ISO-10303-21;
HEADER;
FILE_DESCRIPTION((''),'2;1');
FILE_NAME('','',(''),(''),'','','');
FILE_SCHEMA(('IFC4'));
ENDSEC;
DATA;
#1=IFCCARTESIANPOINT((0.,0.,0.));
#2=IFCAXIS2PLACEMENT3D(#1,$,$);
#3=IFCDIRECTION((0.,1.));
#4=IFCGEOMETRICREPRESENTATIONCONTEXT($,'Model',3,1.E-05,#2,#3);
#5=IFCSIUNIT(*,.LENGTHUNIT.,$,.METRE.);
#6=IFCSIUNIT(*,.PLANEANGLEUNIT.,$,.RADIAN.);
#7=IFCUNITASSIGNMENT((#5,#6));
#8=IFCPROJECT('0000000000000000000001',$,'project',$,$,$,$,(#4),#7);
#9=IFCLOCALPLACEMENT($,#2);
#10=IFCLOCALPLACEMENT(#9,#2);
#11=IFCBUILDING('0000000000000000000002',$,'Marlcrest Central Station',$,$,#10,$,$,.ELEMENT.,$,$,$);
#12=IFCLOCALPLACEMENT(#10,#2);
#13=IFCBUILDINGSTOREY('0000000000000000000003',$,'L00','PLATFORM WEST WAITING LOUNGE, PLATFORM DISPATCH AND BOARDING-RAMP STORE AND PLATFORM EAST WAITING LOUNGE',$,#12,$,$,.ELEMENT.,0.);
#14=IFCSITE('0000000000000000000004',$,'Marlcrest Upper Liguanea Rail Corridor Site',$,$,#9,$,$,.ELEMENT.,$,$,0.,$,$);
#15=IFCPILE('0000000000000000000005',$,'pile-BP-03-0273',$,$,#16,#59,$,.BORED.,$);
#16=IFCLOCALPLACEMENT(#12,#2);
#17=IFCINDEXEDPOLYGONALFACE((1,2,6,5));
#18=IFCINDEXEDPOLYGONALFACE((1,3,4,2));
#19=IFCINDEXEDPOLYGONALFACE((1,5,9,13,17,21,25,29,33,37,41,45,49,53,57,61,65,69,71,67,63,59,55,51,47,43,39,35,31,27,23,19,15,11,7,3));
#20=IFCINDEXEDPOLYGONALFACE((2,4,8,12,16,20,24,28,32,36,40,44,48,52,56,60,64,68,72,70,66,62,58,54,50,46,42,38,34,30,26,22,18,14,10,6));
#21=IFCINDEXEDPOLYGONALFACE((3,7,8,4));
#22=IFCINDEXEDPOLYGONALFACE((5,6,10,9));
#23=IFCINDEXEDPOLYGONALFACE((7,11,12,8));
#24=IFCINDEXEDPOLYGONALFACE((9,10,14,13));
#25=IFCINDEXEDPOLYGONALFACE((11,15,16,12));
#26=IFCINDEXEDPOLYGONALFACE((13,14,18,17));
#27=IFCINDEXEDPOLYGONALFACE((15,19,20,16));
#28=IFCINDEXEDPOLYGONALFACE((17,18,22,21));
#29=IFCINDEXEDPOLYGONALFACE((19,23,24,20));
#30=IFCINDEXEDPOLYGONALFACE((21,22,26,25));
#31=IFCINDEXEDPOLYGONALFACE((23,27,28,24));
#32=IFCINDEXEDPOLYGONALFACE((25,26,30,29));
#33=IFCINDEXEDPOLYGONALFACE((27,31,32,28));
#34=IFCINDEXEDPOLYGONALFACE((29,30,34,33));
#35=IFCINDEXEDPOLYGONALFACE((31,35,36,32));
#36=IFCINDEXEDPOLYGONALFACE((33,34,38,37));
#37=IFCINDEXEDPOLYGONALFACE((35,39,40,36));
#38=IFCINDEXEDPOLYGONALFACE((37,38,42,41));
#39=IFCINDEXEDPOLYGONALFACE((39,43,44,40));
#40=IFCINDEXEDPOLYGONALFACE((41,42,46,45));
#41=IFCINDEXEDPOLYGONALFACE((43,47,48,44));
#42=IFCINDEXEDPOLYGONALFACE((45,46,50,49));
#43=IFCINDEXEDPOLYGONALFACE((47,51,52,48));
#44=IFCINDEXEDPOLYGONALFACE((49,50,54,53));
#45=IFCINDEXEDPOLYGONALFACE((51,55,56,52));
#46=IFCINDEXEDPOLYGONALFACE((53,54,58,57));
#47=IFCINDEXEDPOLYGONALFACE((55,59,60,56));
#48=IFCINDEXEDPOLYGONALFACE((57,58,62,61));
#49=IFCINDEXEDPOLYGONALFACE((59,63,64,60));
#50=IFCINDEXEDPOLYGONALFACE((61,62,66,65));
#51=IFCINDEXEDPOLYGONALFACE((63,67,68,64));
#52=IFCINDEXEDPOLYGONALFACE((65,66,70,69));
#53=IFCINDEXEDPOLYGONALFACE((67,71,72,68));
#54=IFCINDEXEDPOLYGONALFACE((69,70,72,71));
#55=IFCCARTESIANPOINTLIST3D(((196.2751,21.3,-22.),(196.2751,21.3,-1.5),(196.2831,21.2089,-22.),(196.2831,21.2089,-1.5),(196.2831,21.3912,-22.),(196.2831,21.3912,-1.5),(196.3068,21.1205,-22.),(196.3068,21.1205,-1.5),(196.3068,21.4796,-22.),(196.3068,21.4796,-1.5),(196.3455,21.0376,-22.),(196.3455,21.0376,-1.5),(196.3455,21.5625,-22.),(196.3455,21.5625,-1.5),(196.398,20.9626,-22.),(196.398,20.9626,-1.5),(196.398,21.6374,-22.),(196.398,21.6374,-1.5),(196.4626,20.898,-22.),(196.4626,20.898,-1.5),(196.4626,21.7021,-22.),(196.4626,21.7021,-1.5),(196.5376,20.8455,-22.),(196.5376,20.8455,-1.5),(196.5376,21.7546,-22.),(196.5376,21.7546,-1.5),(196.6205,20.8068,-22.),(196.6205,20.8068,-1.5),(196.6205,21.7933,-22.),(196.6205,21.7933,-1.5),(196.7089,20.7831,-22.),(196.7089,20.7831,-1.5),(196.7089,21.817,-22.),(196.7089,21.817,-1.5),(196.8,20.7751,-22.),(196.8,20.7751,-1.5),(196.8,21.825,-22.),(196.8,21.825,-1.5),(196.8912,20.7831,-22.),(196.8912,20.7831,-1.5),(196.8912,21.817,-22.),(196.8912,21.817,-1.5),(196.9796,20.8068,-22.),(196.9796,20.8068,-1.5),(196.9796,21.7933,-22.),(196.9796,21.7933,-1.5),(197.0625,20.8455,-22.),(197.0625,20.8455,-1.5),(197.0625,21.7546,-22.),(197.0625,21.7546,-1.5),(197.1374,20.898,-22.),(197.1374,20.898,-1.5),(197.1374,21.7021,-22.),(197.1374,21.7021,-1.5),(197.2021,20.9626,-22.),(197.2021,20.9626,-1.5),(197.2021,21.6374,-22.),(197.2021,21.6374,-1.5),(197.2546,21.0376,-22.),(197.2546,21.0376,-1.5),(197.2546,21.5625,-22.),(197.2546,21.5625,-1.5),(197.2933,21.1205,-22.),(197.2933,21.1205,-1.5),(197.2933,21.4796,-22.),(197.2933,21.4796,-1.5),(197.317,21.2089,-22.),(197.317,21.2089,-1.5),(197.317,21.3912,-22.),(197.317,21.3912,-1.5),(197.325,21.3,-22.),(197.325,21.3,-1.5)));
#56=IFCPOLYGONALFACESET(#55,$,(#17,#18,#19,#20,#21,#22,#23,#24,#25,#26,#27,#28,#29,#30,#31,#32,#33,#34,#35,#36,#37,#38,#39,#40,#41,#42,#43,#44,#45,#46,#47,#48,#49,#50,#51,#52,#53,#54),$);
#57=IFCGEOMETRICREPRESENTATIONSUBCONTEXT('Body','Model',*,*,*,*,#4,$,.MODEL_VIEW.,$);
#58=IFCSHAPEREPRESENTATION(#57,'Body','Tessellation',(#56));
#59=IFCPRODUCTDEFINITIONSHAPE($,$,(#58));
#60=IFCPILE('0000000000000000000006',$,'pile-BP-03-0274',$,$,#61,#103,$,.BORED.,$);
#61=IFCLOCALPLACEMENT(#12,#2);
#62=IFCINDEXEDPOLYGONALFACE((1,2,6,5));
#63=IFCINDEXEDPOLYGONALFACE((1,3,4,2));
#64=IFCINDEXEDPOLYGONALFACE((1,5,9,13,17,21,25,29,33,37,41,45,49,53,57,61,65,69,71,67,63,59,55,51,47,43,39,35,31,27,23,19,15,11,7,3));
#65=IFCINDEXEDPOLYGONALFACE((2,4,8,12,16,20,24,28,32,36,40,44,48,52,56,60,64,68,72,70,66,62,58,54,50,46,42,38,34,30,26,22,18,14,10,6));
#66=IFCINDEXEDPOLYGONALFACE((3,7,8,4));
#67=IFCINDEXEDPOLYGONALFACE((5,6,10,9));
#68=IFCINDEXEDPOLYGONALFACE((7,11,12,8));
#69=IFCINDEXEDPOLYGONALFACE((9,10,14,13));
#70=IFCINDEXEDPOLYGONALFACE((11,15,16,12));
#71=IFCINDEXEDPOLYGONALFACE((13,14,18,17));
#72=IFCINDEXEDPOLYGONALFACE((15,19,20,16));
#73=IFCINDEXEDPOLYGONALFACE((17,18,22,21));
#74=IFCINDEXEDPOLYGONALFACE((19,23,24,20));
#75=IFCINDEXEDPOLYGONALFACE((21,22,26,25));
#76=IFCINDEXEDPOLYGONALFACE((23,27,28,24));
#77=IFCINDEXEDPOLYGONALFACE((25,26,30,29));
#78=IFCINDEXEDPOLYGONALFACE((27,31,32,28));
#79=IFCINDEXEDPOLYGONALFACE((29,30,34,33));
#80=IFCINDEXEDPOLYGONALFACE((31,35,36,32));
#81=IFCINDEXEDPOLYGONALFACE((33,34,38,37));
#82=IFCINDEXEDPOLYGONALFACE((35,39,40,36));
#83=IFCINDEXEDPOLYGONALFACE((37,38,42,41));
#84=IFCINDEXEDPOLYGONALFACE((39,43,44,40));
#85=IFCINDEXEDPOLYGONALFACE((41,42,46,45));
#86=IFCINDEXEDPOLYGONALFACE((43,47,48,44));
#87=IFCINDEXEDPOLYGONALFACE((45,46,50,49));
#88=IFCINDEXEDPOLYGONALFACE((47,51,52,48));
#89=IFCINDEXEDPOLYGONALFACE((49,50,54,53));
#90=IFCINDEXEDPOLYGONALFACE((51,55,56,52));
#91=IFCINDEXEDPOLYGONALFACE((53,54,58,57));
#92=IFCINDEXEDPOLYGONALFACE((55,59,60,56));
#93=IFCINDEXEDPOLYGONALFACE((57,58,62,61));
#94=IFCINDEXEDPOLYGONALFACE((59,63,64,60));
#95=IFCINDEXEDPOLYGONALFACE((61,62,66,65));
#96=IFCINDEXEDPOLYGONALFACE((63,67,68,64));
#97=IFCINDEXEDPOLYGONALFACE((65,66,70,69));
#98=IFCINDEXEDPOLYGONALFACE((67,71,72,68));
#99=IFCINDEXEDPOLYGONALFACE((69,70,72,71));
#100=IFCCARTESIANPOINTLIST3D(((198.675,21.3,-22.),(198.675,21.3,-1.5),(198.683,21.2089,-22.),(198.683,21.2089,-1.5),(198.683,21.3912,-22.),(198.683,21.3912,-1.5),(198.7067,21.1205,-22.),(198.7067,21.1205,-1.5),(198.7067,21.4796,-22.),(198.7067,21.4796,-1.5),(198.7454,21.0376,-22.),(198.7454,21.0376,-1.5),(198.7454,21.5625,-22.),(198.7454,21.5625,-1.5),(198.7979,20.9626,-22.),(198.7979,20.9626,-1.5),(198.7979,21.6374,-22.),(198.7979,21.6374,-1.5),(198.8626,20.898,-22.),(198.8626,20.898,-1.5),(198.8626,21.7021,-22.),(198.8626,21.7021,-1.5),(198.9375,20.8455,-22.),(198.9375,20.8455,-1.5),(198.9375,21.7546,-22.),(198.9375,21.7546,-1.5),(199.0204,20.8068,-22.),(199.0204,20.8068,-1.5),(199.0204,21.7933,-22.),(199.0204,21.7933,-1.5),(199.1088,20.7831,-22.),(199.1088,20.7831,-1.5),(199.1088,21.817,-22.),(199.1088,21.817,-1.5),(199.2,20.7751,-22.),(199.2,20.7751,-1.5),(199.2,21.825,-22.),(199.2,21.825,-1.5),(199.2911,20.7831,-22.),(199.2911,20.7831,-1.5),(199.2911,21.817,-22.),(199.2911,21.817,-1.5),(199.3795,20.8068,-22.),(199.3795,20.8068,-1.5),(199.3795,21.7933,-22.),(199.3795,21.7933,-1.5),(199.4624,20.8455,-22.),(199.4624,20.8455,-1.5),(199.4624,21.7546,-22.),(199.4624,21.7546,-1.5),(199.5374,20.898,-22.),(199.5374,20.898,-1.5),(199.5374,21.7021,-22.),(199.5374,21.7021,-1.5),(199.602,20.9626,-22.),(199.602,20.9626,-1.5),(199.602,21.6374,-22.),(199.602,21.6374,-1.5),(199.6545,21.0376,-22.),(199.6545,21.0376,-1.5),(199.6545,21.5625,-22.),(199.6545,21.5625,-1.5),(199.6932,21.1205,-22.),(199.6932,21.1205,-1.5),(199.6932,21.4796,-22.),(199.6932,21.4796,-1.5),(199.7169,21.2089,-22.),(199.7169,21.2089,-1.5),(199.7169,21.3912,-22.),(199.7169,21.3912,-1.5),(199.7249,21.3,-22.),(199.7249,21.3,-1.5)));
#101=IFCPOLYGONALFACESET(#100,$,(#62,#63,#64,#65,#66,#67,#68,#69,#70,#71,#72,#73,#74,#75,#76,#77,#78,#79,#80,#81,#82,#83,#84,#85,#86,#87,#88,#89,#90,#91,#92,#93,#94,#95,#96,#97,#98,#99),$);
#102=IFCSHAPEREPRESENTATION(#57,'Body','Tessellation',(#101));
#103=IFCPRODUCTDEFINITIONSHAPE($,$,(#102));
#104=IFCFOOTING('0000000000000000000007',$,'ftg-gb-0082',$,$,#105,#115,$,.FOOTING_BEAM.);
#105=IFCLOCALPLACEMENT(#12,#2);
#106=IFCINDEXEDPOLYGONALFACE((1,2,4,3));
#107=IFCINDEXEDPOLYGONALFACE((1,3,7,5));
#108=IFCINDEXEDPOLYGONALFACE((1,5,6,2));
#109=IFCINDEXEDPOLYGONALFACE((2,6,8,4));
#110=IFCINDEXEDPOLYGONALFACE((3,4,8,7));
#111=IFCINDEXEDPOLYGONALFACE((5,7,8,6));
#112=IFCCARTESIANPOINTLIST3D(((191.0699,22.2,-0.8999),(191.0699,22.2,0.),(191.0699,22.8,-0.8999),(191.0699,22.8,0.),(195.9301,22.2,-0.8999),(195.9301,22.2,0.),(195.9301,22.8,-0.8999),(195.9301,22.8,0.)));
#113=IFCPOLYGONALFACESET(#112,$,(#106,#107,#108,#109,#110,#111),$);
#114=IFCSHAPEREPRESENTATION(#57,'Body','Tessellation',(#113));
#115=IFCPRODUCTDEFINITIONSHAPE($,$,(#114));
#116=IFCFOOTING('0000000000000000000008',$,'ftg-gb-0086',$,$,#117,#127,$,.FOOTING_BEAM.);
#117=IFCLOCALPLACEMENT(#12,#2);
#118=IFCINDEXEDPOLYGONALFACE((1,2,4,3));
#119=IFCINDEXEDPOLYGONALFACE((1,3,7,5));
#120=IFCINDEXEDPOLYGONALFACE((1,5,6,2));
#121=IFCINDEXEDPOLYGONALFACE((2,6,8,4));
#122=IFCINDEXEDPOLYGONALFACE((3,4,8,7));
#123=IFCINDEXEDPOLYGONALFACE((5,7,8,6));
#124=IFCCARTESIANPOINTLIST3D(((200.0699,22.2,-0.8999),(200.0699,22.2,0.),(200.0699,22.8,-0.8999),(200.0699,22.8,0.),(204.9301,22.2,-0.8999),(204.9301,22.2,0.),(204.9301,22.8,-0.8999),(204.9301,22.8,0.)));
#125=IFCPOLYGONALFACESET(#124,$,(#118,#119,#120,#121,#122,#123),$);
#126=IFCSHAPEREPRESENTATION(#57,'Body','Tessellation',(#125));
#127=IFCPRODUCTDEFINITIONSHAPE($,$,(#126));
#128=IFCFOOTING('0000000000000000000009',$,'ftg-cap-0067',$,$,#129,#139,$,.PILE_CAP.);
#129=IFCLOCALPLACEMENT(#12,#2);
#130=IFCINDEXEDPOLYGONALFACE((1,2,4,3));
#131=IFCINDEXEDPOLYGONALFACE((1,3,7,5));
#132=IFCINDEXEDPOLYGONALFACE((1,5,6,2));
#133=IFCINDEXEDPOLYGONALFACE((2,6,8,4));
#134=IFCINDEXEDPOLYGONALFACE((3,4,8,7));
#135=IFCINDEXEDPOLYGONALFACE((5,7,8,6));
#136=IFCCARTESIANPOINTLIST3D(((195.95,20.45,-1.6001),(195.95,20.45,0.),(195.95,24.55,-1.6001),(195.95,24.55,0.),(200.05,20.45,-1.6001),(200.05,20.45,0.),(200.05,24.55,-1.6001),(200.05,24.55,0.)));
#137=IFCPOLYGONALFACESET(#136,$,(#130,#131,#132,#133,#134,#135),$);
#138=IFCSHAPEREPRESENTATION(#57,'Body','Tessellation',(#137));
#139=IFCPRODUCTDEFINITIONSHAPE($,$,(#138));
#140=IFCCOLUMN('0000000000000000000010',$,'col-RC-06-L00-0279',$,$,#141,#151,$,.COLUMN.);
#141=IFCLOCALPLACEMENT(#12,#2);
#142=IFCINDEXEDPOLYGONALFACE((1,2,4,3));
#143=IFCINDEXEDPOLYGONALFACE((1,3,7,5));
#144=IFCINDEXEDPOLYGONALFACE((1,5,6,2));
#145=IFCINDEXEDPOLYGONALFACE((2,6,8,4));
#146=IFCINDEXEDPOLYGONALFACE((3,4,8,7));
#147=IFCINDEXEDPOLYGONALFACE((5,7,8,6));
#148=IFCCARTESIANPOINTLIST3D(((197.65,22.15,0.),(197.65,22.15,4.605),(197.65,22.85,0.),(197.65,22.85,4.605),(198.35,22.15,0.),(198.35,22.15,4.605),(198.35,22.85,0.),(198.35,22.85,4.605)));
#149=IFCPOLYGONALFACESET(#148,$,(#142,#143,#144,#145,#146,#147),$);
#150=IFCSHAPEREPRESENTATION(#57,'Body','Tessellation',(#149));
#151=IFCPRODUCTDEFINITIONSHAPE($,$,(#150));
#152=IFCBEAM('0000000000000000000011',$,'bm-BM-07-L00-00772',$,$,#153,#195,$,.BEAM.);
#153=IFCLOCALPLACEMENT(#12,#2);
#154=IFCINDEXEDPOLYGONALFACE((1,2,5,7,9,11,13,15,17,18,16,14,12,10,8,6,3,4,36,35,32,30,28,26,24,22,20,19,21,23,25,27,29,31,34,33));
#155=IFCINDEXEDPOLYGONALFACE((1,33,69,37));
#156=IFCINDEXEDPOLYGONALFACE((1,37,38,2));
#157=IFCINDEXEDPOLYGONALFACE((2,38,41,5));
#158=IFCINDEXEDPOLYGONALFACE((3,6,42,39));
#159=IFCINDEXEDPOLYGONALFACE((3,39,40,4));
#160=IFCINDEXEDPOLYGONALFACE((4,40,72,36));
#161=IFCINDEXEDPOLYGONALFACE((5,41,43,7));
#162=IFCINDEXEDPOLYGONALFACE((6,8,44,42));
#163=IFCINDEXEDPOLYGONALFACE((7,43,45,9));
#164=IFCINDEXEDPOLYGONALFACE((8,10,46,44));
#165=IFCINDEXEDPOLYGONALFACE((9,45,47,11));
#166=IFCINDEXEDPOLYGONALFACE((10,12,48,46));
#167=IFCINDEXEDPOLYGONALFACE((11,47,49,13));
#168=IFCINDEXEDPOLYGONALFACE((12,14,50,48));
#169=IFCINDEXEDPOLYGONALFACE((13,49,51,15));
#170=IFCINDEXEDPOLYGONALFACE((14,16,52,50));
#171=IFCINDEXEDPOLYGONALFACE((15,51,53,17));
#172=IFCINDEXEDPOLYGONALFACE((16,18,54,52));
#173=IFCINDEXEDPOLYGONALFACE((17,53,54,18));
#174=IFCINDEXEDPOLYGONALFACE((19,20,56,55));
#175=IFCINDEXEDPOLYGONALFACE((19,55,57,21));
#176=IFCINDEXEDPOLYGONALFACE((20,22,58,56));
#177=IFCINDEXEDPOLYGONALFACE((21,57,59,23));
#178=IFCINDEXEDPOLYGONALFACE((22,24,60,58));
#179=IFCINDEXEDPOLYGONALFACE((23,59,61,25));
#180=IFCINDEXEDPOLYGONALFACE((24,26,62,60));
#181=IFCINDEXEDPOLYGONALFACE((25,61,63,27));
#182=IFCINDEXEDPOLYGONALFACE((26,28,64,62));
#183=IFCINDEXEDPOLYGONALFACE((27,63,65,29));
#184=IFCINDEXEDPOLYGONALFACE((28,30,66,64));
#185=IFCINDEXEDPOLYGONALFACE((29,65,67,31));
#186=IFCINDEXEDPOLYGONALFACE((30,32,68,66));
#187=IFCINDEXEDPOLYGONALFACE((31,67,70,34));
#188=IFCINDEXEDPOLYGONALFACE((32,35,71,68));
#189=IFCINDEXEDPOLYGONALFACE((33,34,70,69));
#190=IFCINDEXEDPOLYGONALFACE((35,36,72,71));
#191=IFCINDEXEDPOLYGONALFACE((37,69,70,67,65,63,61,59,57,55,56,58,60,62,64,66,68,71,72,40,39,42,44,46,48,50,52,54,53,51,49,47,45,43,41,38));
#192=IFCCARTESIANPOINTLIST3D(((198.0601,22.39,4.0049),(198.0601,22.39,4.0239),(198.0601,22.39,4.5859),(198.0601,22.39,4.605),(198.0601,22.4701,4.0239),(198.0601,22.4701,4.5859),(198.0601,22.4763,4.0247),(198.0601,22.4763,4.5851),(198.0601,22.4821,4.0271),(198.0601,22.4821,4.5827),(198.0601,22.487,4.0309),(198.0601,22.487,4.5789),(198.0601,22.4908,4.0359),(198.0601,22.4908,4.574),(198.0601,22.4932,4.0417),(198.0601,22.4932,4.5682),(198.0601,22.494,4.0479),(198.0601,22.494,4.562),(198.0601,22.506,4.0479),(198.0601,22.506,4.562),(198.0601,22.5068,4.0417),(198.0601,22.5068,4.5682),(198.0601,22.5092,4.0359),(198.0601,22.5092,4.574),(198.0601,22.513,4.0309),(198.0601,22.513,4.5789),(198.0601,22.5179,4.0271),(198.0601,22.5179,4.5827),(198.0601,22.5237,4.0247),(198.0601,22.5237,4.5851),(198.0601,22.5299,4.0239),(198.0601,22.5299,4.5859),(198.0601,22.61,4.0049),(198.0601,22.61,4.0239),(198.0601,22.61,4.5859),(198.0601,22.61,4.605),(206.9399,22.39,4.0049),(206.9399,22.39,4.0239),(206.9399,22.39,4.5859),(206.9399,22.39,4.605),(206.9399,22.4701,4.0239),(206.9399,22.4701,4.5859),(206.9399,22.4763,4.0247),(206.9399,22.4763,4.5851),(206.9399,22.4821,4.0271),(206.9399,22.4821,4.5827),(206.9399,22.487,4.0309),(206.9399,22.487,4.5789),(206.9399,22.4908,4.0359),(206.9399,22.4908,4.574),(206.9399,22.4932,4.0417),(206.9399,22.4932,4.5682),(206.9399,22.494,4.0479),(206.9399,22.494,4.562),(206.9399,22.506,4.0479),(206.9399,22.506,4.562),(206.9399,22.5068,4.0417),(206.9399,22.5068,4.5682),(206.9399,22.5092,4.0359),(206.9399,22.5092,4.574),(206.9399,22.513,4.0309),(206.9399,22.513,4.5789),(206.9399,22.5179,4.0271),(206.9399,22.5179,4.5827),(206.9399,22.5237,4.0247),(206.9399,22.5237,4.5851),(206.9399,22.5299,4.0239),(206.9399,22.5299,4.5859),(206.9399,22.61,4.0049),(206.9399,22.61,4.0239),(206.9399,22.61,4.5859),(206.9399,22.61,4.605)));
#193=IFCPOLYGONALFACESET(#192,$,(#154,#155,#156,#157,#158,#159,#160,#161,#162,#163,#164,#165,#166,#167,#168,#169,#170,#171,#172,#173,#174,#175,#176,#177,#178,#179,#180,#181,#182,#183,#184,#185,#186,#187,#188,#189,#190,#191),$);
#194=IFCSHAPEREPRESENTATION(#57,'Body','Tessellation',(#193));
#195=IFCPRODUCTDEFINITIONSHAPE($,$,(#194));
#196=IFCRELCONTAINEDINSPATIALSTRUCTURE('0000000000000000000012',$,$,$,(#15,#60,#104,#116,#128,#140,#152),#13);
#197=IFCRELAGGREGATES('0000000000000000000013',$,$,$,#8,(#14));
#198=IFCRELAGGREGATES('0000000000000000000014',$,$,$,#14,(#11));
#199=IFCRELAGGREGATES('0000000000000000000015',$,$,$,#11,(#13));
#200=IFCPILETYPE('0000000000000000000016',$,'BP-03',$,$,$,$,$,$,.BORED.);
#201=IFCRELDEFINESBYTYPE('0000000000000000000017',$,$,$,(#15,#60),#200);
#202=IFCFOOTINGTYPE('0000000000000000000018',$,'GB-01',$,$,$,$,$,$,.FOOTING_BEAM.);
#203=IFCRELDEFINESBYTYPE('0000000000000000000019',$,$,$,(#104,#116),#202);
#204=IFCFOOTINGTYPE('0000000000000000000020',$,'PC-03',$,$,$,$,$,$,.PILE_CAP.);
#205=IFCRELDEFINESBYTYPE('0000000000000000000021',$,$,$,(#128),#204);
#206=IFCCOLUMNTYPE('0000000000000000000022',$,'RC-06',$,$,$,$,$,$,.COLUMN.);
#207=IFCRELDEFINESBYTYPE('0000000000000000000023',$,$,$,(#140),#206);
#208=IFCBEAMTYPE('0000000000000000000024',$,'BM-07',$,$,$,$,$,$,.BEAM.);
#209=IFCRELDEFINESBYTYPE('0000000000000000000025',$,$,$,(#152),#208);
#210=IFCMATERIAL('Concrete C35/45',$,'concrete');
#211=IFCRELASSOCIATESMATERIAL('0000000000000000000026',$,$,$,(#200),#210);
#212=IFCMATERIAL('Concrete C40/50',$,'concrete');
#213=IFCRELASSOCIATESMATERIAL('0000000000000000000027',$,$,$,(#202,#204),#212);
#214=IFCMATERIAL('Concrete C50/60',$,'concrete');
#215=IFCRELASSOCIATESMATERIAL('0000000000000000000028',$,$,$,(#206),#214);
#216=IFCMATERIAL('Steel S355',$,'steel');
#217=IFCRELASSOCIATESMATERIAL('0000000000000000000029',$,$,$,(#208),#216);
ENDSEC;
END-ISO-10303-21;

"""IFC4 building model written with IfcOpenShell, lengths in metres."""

from ifc_helpers import new_model, si_unit, direction, frame, origin, origin_2d, place, context, subcontext, project, spatial, rectangle, circle, i_section, extrude, material, material_profile, profile_set, type_object, element, save


model = new_model("IFC4")

# Units and contexts
model_context = context("Model", 3, precision=1e-05, world=origin(), true_north=direction((0.0, 1.0)))
body_context = subcontext(model_context, "Body", "Model", "MODEL_VIEW")
ifc_project = project(units=[si_unit("LENGTHUNIT", "METRE"), si_unit("PLANEANGLEUNIT", "RADIAN")], contexts=[model_context])

# Site, building, storey
site_placement = place(None, origin())
site = spatial("IfcSite", under=ifc_project, at=site_placement, Name="Marlcrest Upper Liguanea Rail Corridor Site", CompositionType="ELEMENT", RefElevation=0.0)
building_placement = place(site_placement, origin())
building = spatial("IfcBuilding", under=site, at=building_placement, Name="Marlcrest Central Station", CompositionType="ELEMENT")
storey_placement = place(building_placement, origin())
storey = spatial("IfcBuildingStorey", under=building, at=storey_placement, Name="L00", Description="PLATFORM WEST WAITING LOUNGE, PLATFORM DISPATCH AND BOARDING-RAMP STORE AND PLATFORM EAST WAITING LOUNGE", CompositionType="ELEMENT", Elevation=0.0)

# Piles
ifc_material_1 = material(Name="Concrete C35/45", Category="concrete")
ifc_material_profile_1 = material_profile(ifc_material_1, circle(Radius=0.5249, at=origin_2d()), Name="PILE D1050")
ifc_profile_set_1 = profile_set([ifc_material_profile_1], Name="Concrete C35/45")
pile_type = type_object("IfcPileType", Name="BP-03", PredefinedType="BORED", material=ifc_profile_set_1)
for number, where, z_axis, x_axis, name in (
    (1, (196.8, 21.3, -1.5), (0.0, 0.0, -1.0), (1.0, 0.0, 0.0), "pile-BP-03-0273"),
    (2, (199.2, 21.3, -1.5), (0.0, 0.0, -1.0), (1.0, 0.0, 0.0), "pile-BP-03-0274"),
):
    element("IfcPile", number, at=place(storey_placement, frame(where, z_axis=z_axis, x_axis=x_axis)), inside=storey, type_object=pile_type, Name=name, PredefinedType="BORED", context=body_context, shape_type="SweptSolid", body=[
        extrude(circle(Radius=0.5249, at=origin_2d()), origin(), (0.0, 0.0, 1.0), 20.5),
    ])

# Footings
ifc_material_2 = material(Name="Concrete C40/50", Category="concrete")
footing_type_1 = type_object("IfcFootingType", Name="GB-01", PredefinedType="FOOTING_BEAM", material=ifc_material_2)
for number, where, z_axis, x_axis, name in (
    (3, (193.5, 22.5, -0.8999), (0.0, 0.0, 1.0), (1.0, 0.0, 0.0), "ftg-gb-0082"),
    (4, (202.5, 22.5, -0.8999), (0.0, 0.0, 1.0), (1.0, 0.0, 0.0), "ftg-gb-0086"),
):
    element("IfcFooting", number, at=place(storey_placement, frame(where, z_axis=z_axis, x_axis=x_axis)), inside=storey, type_object=footing_type_1, Name=name, PredefinedType="FOOTING_BEAM", context=body_context, shape_type="SweptSolid", body=[
        extrude(rectangle(XDim=4.8601, YDim=0.6001, at=origin_2d()), origin(), (0.0, 0.0, 1.0), 0.8999),
    ])
footing_type_2 = type_object("IfcFootingType", Name="PC-03", PredefinedType="PILE_CAP", material=ifc_material_2)
footing_placement = place(storey_placement, frame((198.0, 22.5, -1.6001), z_axis=(0.0, 0.0, 1.0), x_axis=(1.0, 0.0, 0.0)))
element("IfcFooting", 5, at=footing_placement, inside=storey, type_object=footing_type_2, Name="ftg-cap-0067", PredefinedType="PILE_CAP", context=body_context, shape_type="SweptSolid", body=[
    extrude(rectangle(XDim=4.1001, YDim=4.1001, at=origin_2d()), origin(), (0.0, 0.0, 1.0), 1.6001),
])

# Column
ifc_material_3 = material(Name="Concrete C50/60", Category="concrete")
ifc_material_profile_2 = material_profile(ifc_material_3, rectangle(XDim=0.7, YDim=0.7, at=origin_2d()), Name="RC 700x700")
ifc_profile_set_2 = profile_set([ifc_material_profile_2], Name="Concrete C50/60")
column_type = type_object("IfcColumnType", Name="RC-06", PredefinedType="COLUMN", material=ifc_profile_set_2)
column_placement = place(storey_placement, frame((198.0, 22.5, 0.0), z_axis=(0.0, 0.0, 1.0), x_axis=(1.0, 0.0, 0.0)))
element("IfcColumn", 6, at=column_placement, inside=storey, type_object=column_type, Name="col-RC-06-L00-0279", PredefinedType="COLUMN", context=body_context, shape_type="SweptSolid", body=[
    extrude(rectangle(XDim=0.7, YDim=0.7, at=origin_2d()), origin(), (0.0, 0.0, 1.0), 4.605),
])

# Beam
ifc_material_4 = material(Name="Steel S355", Category="steel")
ifc_material_profile_3 = material_profile(ifc_material_4, i_section(OverallWidth=0.22, OverallDepth=0.6001, WebThickness=0.012, FlangeThickness=0.019, FilletRadius=0.0239, at=origin_2d()), Name="IPE 600")
ifc_profile_set_3 = profile_set([ifc_material_profile_3], Name="Steel S355")
beam_type_1 = type_object("IfcBeamType", Name="BM-07", PredefinedType="BEAM", material=ifc_profile_set_3)
beam_1_placement = place(storey_placement, frame((198.0601, 22.5, 4.3049), z_axis=(1.0, 0.0, 0.0), x_axis=(0.0, 1.0, 0.0)))
element("IfcBeam", 7, at=beam_1_placement, inside=storey, type_object=beam_type_1, Name="bm-BM-07-L00-00772", PredefinedType="BEAM", context=body_context, shape_type="SweptSolid", body=[
    extrude(i_section(OverallWidth=0.22, OverallDepth=0.6001, WebThickness=0.012, FlangeThickness=0.019, FilletRadius=0.0239, at=origin_2d()), origin(), (0.0, 0.0, 1.0), 8.8799),
])

save(model, "model.ifc")
